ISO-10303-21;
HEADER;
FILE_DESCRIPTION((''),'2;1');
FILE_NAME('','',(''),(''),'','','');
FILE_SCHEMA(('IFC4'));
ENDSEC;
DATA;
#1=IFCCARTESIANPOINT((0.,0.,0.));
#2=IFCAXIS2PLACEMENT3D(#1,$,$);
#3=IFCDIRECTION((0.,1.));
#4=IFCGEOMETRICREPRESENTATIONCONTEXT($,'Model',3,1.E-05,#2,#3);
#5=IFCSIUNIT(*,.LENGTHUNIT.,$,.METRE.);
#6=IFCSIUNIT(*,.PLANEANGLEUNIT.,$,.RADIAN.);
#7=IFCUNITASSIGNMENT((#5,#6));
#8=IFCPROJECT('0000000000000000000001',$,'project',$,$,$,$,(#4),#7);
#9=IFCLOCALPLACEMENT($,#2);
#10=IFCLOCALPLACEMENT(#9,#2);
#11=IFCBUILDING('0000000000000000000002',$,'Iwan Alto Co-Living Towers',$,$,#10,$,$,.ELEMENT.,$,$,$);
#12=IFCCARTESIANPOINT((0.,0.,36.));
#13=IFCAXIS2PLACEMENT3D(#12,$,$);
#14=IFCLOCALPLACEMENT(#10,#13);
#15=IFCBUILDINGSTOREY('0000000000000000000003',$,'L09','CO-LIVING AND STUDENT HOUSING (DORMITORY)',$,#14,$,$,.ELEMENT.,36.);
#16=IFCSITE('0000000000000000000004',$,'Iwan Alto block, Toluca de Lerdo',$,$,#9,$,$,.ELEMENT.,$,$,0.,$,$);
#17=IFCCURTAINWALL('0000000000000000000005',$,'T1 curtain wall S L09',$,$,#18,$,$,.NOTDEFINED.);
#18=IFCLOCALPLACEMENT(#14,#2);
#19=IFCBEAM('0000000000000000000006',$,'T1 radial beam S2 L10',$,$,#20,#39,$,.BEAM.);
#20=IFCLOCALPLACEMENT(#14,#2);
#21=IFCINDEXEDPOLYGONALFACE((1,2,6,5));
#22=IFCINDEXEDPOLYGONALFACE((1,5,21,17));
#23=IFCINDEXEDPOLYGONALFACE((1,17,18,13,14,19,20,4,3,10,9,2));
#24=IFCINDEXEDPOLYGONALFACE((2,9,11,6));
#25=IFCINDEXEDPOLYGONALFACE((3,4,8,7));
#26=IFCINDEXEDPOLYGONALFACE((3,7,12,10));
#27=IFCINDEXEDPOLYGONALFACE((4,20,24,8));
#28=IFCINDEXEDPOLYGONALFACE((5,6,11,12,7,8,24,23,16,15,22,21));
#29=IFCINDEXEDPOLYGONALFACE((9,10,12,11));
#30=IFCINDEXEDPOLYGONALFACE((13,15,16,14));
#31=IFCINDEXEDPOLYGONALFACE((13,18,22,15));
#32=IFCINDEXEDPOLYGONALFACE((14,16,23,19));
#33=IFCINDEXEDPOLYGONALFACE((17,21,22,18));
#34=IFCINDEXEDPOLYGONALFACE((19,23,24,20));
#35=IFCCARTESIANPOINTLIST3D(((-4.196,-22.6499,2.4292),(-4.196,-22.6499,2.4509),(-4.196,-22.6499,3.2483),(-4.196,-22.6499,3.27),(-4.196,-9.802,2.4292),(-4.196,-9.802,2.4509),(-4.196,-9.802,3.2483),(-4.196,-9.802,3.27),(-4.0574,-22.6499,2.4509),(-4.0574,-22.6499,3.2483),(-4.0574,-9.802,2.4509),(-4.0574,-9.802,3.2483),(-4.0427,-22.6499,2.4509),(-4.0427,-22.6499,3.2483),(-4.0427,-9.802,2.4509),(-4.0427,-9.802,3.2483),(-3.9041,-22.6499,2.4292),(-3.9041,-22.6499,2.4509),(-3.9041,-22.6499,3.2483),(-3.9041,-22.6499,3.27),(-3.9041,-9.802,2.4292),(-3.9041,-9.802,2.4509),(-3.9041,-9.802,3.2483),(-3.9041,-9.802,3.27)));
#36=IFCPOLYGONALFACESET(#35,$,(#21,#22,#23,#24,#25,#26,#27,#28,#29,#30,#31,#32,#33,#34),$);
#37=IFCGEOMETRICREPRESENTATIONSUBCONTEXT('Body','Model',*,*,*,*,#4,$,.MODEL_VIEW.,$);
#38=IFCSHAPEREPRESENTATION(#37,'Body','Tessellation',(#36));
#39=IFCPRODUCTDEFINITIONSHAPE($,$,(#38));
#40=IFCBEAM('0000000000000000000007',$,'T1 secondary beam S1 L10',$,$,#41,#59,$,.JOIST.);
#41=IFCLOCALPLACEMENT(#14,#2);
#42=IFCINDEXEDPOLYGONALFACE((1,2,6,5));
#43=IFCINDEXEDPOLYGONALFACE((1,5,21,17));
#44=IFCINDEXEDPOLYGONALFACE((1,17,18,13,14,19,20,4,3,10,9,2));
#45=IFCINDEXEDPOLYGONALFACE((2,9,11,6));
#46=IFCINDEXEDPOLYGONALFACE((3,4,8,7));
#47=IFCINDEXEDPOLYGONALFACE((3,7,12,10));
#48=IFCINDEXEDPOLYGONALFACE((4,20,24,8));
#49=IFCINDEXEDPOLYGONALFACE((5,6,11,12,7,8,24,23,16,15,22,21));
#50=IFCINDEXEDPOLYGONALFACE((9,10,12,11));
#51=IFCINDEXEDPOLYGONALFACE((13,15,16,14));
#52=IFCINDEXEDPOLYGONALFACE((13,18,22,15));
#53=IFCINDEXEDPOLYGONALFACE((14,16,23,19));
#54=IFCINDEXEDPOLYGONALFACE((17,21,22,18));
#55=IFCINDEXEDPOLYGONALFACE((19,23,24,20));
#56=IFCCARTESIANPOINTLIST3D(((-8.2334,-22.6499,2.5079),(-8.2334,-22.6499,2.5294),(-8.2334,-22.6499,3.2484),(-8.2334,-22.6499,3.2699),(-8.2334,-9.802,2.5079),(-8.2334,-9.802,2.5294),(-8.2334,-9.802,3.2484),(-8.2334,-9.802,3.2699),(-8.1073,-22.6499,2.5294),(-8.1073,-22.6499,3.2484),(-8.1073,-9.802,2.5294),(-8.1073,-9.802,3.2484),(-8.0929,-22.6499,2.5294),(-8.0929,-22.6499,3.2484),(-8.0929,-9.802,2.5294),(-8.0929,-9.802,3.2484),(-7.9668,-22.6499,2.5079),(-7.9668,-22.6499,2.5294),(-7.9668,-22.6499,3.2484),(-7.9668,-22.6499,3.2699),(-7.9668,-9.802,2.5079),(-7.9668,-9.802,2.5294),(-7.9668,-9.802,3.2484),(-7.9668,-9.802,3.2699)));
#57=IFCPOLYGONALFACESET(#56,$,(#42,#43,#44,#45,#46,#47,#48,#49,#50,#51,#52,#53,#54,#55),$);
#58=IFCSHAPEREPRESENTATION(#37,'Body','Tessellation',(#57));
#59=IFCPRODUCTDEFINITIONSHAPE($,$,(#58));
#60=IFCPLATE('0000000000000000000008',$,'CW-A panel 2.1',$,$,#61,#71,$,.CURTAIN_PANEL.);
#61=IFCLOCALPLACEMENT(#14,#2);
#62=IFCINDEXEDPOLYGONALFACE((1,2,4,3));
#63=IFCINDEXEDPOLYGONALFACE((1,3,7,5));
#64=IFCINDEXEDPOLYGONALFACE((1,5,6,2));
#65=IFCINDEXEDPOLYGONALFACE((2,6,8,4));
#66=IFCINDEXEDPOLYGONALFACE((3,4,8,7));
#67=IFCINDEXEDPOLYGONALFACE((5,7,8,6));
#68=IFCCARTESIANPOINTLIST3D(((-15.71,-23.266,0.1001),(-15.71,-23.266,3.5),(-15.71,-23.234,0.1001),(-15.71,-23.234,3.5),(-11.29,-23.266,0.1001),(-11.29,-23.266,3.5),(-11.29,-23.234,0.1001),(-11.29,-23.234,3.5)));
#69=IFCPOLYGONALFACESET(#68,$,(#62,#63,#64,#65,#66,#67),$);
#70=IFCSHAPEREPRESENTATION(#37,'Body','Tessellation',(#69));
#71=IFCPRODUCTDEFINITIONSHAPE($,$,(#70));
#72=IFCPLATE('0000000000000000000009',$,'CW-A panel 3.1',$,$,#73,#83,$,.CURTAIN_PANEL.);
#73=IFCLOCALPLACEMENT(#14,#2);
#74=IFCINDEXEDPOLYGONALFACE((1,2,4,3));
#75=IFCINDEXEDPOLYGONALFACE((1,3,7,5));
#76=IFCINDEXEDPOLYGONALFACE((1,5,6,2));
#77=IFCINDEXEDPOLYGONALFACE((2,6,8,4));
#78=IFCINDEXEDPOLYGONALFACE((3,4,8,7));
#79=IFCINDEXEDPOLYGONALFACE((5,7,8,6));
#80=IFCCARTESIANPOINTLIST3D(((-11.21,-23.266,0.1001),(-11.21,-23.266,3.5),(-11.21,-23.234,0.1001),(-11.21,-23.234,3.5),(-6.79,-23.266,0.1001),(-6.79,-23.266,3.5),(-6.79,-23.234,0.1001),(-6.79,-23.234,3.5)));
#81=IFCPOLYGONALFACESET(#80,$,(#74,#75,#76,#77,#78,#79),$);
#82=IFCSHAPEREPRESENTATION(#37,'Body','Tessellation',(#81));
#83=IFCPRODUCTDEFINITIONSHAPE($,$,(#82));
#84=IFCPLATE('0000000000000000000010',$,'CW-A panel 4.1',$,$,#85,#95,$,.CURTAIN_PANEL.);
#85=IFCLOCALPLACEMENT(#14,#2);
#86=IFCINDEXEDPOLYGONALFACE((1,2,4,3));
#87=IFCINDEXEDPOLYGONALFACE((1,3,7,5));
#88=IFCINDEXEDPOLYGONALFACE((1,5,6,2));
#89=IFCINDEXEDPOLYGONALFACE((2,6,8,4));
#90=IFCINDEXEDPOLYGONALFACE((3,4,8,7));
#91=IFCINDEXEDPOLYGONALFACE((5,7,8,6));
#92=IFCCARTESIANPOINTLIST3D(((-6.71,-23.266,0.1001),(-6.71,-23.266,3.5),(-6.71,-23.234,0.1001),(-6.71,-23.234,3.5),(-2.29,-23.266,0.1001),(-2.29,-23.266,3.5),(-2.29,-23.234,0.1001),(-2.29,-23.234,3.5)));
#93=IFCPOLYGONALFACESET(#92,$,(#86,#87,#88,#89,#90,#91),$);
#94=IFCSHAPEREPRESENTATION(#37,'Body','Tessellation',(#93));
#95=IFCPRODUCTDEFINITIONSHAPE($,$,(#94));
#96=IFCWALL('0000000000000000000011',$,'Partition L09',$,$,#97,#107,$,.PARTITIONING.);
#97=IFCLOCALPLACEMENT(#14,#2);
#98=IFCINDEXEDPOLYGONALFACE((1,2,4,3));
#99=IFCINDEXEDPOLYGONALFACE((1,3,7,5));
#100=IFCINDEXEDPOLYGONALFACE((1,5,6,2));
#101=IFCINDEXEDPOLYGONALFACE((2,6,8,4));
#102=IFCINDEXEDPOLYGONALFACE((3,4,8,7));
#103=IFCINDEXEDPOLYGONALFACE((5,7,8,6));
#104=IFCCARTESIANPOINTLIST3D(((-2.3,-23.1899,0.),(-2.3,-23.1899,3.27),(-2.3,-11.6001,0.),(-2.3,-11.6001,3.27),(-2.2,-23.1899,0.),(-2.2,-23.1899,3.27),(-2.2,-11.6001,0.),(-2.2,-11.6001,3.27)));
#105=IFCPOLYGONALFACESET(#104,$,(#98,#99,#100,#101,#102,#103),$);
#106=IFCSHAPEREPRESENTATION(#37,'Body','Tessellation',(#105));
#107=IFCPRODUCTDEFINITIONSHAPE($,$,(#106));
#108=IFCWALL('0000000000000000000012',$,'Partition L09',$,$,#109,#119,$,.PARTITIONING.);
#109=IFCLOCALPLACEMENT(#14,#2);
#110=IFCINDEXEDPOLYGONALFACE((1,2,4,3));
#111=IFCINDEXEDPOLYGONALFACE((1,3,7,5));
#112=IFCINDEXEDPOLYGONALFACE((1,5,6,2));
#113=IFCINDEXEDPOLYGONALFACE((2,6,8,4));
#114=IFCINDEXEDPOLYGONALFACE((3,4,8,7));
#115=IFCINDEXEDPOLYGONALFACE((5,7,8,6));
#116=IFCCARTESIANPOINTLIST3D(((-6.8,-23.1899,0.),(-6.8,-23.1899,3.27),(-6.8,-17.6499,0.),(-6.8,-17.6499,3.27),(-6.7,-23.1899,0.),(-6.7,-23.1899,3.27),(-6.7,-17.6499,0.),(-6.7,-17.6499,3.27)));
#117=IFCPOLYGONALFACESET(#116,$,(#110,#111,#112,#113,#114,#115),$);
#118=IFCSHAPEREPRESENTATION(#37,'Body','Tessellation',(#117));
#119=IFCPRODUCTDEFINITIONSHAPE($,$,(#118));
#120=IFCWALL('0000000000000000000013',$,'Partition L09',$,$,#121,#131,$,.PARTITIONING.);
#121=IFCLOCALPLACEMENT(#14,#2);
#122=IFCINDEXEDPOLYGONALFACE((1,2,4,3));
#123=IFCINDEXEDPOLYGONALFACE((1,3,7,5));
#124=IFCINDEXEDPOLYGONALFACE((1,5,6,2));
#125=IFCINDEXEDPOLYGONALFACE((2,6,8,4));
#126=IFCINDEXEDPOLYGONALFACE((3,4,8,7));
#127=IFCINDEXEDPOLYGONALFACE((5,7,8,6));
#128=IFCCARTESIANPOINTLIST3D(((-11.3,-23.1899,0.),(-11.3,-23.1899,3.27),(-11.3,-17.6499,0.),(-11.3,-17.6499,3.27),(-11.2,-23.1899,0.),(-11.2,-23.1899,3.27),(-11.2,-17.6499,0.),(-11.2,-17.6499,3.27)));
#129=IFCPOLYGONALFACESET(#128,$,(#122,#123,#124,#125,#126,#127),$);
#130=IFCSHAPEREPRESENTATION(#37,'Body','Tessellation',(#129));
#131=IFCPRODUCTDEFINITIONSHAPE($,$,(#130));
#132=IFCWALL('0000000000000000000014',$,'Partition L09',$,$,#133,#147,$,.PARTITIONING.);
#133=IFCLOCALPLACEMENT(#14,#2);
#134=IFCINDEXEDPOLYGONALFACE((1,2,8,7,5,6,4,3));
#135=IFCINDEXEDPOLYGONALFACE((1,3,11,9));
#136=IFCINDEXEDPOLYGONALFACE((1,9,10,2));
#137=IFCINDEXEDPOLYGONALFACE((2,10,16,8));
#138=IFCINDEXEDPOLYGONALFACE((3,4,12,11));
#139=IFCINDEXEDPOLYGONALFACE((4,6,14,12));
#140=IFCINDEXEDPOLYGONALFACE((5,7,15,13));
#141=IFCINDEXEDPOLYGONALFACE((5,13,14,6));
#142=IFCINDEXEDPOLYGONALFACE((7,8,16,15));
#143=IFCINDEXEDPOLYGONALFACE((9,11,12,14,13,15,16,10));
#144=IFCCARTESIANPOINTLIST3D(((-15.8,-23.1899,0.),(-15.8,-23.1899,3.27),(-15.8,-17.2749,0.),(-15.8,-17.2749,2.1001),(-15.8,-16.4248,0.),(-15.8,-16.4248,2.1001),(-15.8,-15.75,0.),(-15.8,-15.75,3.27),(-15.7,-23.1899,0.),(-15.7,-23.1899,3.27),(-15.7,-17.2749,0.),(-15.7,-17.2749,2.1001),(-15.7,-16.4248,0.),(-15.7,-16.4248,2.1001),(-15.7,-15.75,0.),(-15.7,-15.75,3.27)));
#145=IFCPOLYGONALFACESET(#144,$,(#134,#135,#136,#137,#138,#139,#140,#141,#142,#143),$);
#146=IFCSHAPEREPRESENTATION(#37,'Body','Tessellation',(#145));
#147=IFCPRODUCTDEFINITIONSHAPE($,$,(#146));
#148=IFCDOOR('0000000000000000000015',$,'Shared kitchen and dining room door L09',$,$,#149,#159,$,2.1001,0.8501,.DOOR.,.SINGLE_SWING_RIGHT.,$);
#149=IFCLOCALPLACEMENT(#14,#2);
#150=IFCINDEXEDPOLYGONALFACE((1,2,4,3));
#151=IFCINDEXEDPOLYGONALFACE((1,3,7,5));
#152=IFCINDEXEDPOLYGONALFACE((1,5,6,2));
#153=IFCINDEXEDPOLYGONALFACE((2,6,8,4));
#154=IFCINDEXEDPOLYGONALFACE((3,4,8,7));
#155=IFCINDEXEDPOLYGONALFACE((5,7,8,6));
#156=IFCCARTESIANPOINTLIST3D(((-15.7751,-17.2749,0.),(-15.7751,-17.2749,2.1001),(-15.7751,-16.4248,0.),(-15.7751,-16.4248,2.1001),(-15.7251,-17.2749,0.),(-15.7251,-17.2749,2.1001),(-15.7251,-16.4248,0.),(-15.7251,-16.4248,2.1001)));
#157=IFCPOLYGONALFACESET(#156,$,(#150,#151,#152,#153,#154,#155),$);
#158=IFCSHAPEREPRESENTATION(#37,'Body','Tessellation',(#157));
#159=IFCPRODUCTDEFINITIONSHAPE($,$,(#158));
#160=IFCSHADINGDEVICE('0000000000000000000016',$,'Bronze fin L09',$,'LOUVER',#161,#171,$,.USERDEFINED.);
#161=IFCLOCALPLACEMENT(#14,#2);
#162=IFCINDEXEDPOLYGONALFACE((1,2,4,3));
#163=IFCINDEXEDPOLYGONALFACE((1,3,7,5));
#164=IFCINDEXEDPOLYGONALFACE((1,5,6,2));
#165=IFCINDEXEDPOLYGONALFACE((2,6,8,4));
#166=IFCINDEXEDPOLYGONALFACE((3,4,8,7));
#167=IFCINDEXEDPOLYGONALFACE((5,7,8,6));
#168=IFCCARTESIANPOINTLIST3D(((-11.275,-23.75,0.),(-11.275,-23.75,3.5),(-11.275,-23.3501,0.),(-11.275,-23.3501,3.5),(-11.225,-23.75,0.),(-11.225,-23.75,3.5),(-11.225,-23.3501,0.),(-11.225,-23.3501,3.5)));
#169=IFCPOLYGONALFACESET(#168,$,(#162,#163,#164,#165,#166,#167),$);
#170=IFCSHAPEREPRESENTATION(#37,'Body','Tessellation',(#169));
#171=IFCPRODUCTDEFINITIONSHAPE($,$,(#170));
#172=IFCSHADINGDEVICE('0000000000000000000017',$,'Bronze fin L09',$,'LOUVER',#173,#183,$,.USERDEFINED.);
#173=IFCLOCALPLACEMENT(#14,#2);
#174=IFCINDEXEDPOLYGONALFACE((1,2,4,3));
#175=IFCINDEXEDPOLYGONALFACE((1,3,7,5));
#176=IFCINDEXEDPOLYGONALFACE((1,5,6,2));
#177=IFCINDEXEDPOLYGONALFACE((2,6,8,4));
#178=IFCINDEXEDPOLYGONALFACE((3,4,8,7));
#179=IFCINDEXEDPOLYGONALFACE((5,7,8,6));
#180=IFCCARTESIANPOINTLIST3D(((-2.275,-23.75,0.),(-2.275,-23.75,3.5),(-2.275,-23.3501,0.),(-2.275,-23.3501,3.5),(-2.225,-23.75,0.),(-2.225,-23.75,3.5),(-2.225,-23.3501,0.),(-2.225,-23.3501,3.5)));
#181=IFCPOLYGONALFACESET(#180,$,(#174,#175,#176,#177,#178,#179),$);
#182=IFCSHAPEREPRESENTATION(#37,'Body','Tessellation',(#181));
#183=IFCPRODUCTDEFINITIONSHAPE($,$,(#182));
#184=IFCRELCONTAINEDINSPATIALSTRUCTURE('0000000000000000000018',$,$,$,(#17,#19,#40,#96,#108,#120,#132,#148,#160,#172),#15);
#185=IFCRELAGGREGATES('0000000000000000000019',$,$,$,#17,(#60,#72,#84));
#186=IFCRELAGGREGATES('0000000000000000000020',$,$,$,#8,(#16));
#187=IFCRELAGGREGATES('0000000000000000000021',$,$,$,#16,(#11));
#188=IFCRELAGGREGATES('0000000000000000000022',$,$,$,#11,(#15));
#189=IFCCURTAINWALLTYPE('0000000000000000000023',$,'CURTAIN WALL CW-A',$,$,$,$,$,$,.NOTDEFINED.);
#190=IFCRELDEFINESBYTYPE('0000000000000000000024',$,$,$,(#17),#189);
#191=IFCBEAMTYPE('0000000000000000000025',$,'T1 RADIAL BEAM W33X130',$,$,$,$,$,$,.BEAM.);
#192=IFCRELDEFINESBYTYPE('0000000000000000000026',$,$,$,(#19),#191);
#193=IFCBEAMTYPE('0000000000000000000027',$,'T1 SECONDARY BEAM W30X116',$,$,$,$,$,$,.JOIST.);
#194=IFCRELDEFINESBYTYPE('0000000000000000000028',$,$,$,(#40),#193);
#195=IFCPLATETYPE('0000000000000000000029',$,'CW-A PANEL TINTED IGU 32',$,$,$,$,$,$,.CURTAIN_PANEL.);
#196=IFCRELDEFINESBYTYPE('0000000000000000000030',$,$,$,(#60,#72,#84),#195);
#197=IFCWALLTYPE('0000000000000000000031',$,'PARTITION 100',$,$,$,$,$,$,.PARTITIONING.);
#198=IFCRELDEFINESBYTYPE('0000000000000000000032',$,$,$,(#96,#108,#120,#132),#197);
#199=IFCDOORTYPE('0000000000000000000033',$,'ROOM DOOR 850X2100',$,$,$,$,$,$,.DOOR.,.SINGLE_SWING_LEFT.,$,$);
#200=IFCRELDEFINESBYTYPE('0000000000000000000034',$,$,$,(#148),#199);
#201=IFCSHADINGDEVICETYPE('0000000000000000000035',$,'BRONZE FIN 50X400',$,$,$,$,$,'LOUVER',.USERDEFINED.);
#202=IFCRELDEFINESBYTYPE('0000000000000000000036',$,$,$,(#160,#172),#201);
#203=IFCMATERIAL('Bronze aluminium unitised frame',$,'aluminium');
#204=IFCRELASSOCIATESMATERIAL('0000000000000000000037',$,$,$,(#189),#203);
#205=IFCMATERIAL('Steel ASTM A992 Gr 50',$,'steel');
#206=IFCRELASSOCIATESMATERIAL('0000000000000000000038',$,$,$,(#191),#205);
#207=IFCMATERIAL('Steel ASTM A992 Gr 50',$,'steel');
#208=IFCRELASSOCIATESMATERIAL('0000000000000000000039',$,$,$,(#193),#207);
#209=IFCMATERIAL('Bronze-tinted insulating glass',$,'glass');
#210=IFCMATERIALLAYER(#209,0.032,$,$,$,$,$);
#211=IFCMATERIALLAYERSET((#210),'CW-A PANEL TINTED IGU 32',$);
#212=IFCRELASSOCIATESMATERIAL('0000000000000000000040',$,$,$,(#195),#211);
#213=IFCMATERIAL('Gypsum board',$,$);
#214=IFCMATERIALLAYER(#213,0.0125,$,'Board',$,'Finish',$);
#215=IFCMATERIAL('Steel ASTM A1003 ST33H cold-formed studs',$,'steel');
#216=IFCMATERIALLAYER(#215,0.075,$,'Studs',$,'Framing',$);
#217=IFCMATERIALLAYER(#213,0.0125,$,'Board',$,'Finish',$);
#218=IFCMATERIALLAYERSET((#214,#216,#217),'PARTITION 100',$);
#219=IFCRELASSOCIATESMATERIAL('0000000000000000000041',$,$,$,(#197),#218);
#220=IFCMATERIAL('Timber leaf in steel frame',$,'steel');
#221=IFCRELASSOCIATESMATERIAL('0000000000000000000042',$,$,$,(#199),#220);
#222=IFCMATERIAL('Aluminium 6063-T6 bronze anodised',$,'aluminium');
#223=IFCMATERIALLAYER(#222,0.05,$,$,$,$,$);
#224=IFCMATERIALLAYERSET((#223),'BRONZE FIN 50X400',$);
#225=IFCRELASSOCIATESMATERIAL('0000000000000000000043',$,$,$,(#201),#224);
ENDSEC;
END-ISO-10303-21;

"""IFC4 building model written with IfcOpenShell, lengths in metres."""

from ifc_helpers import new_model, si_unit, direction, frame, frame_2d, origin, origin_2d, place, context, subcontext, project, spatial, rectangle, i_section, extrude, material, layer, layer_set, material_profile, profile_set, type_object, element, fill, aggregate, save


model = new_model("IFC4")

# Units and contexts
model_context = context("Model", 3, precision=1e-05, world=origin(), true_north=direction((0.0, 1.0)))
body_context = subcontext(model_context, "Body", "Model", "MODEL_VIEW")
ifc_project = project(units=[si_unit("LENGTHUNIT", "METRE"), si_unit("PLANEANGLEUNIT", "RADIAN")], contexts=[model_context])

# Site, building, storey
site_placement = place(None, origin())
site = spatial("IfcSite", under=ifc_project, at=site_placement, Name="Iwan Alto block, Toluca de Lerdo", CompositionType="ELEMENT", RefElevation=0.0)
building_placement = place(site_placement, origin())
building = spatial("IfcBuilding", under=site, at=building_placement, Name="Iwan Alto Co-Living Towers", CompositionType="ELEMENT")
storey_placement = place(building_placement, frame((0.0, 0.0, 36.0)))
storey = spatial("IfcBuildingStorey", under=building, at=storey_placement, Name="L09", Description="CO-LIVING AND STUDENT HOUSING (DORMITORY)", CompositionType="ELEMENT", Elevation=36.0)

# Curtain wall
ifc_material_1 = material(Name="Bronze aluminium unitised frame", Category="aluminium")
curtain_wall_type = type_object("IfcCurtainWallType", Name="CURTAIN WALL CW-A", PredefinedType="NOTDEFINED", material=ifc_material_1)
curtain_wall_placement = place(storey_placement, origin())
curtain_wall = element("IfcCurtainWall", 1, at=curtain_wall_placement, inside=storey, type_object=curtain_wall_type, Name="T1 curtain wall S L09", PredefinedType="NOTDEFINED")

# Beams
ifc_material_2 = material(Name="Steel ASTM A992 Gr 50", Category="steel")
ifc_material_profile_1 = material_profile(ifc_material_2, i_section(OverallWidth=0.292, OverallDepth=0.8408, WebThickness=0.0146, FlangeThickness=0.0217, at=origin_2d()), Name="W33X130")
ifc_profile_set_1 = profile_set([ifc_material_profile_1], Name="Steel ASTM A992 Gr 50")
beam_type_1 = type_object("IfcBeamType", Name="T1 RADIAL BEAM W33X130", PredefinedType="BEAM", material=ifc_profile_set_1)
beam_1_placement = place(storey_placement, frame((-4.05, -22.6499, 2.8496), z_axis=(0.0, 1.0, 0.0), x_axis=(-1.0, 0.0, 0.0)))
element("IfcBeam", 2, at=beam_1_placement, inside=storey, type_object=beam_type_1, Name="T1 radial beam S2 L10", PredefinedType="BEAM", context=body_context, shape_type="SweptSolid", body=[
    extrude(i_section(OverallWidth=0.292, OverallDepth=0.8408, WebThickness=0.0146, FlangeThickness=0.0217, at=origin_2d()), origin(), (0.0, 0.0, 1.0), 12.8479),
])
ifc_material_3 = material(Name="Steel ASTM A992 Gr 50", Category="steel")
ifc_material_profile_2 = material_profile(ifc_material_3, i_section(OverallWidth=0.2666, OverallDepth=0.762, WebThickness=0.0144, FlangeThickness=0.0215, at=origin_2d()), Name="W30X116")
ifc_profile_set_2 = profile_set([ifc_material_profile_2], Name="Steel ASTM A992 Gr 50")
beam_type_2 = type_object("IfcBeamType", Name="T1 SECONDARY BEAM W30X116", PredefinedType="JOIST", material=ifc_profile_set_2)
beam_2_placement = place(storey_placement, frame((-8.1001, -22.6499, 2.8889), z_axis=(0.0, 1.0, 0.0), x_axis=(-1.0, 0.0, 0.0)))
element("IfcBeam", 3, at=beam_2_placement, inside=storey, type_object=beam_type_2, Name="T1 secondary beam S1 L10", PredefinedType="JOIST", context=body_context, shape_type="SweptSolid", body=[
    extrude(i_section(OverallWidth=0.2666, OverallDepth=0.762, WebThickness=0.0144, FlangeThickness=0.0215, at=origin_2d()), origin(), (0.0, 0.0, 1.0), 12.8479),
])

# Plates
ifc_material_4 = material(Name="Bronze-tinted insulating glass", Category="glass")
ifc_layer_1 = layer(ifc_material_4, 0.032)
ifc_layer_set_1 = layer_set([ifc_layer_1], Name="CW-A PANEL TINTED IGU 32")
plate_type = type_object("IfcPlateType", Name="CW-A PANEL TINTED IGU 32", PredefinedType="CURTAIN_PANEL", material=ifc_layer_set_1)
plate_1_placement = place(storey_placement, frame((-13.5, -23.25, 0.1001), z_axis=(0.0, 0.0, 1.0), x_axis=(1.0, 0.0, 0.0)))
plate_1 = element("IfcPlate", 4, at=plate_1_placement, type_object=plate_type, Name="CW-A panel 2.1", PredefinedType="CURTAIN_PANEL", context=body_context, shape_type="SweptSolid", body=[
    extrude(rectangle(XDim=4.4199, YDim=0.032, at=origin_2d()), origin(), (0.0, 0.0, 1.0), 3.3999),
])
plate_2_placement = place(storey_placement, frame((-9.0, -23.25, 0.1001), z_axis=(0.0, 0.0, 1.0), x_axis=(1.0, 0.0, 0.0)))
plate_2 = element("IfcPlate", 5, at=plate_2_placement, type_object=plate_type, Name="CW-A panel 3.1", PredefinedType="CURTAIN_PANEL", context=body_context, shape_type="SweptSolid", body=[
    extrude(rectangle(XDim=4.4199, YDim=0.032, at=origin_2d()), origin(), (0.0, 0.0, 1.0), 3.3999),
])
plate_3_placement = place(storey_placement, frame((-4.5, -23.25, 0.1001), z_axis=(0.0, 0.0, 1.0), x_axis=(1.0, 0.0, 0.0)))
plate_3 = element("IfcPlate", 6, at=plate_3_placement, type_object=plate_type, Name="CW-A panel 4.1", PredefinedType="CURTAIN_PANEL", context=body_context, shape_type="SweptSolid", body=[
    extrude(rectangle(XDim=4.4199, YDim=0.032, at=origin_2d()), origin(), (0.0, 0.0, 1.0), 3.3999),
])
aggregate(curtain_wall, [plate_1, plate_2, plate_3])

# Walls
ifc_material_5 = material(Name="Gypsum board")
ifc_layer_2 = layer(ifc_material_5, 0.0125, Name="Board", Category="Finish")
ifc_material_6 = material(Name="Steel ASTM A1003 ST33H cold-formed studs", Category="steel")
ifc_layer_3 = layer(ifc_material_6, 0.075, Name="Studs", Category="Framing")
ifc_layer_4 = layer(ifc_material_5, 0.0125, Name="Board", Category="Finish")
ifc_layer_set_2 = layer_set([ifc_layer_2, ifc_layer_3, ifc_layer_4], Name="PARTITION 100")
wall_type = type_object("IfcWallType", Name="PARTITION 100", PredefinedType="PARTITIONING", material=ifc_layer_set_2)
wall_1_placement = place(storey_placement, frame((-2.25, -23.1899, 0.0), z_axis=(0.0, 0.0, 1.0), x_axis=(0.0, 1.0, 0.0)))
element("IfcWall", 7, at=wall_1_placement, inside=storey, type_object=wall_type, Name="Partition L09", PredefinedType="PARTITIONING", context=body_context, shape_type="SweptSolid", body=[
    extrude(rectangle(XDim=11.5898, YDim=0.1001, at=frame_2d((5.7949, 0.0))), origin(), (0.0, 0.0, 1.0), 3.27),
])
for number, where, z_axis, x_axis, name in (
    (8, (-6.75, -23.1899, 0.0), (0.0, 0.0, 1.0), (0.0, 1.0, 0.0), "Partition L09"),
    (9, (-11.25, -23.1899, 0.0), (0.0, 0.0, 1.0), (0.0, 1.0, 0.0), "Partition L09"),
):
    element("IfcWall", number, at=place(storey_placement, frame(where, z_axis=z_axis, x_axis=x_axis)), inside=storey, type_object=wall_type, Name=name, PredefinedType="PARTITIONING", context=body_context, shape_type="SweptSolid", body=[
        extrude(rectangle(XDim=5.54, YDim=0.1001, at=frame_2d((2.77, 0.0))), origin(), (0.0, 0.0, 1.0), 3.27),
    ])

# Wall, opening, door
wall_2_placement = place(storey_placement, frame((-15.75, -23.1899, 0.0), z_axis=(0.0, 0.0, 1.0), x_axis=(0.0, 1.0, 0.0)))
wall_2 = element("IfcWall", 10, at=wall_2_placement, inside=storey, type_object=wall_type, Name="Partition L09", PredefinedType="PARTITIONING", context=body_context, shape_type="SweptSolid", body=[
    extrude(rectangle(XDim=7.4399, YDim=0.1001, at=frame_2d((3.72, 0.0))), origin(), (0.0, 0.0, 1.0), 3.27),
])
opening_placement = place(wall_2_placement, frame((5.915, 0.0, 0.0)))
opening = element("IfcOpeningElement", 11, at=opening_placement, cuts=wall_2, PredefinedType="OPENING", context=body_context, shape_type="SweptSolid", body=[
    extrude(rectangle(XDim=0.8501, YDim=2.1001, at=frame_2d((0.425, 1.05))), frame((0.0, 0.0601, 0.0), z_axis=(0.0, -1.0, 0.0), x_axis=(1.0, 0.0, 0.0)), (0.0, 0.0, 1.0), 0.1201),
])
ifc_material_7 = material(Name="Timber leaf in steel frame", Category="steel")
door_type = type_object("IfcDoorType", Name="ROOM DOOR 850X2100", OperationType="SINGLE_SWING_LEFT", PredefinedType="DOOR", material=ifc_material_7)
door_placement = place(opening_placement, frame((0.8501, 0.0, 0.0), z_axis=(0.0, 0.0, 1.0), x_axis=(-1.0, 0.0, 0.0)))
door = element("IfcDoor", 12, at=door_placement, inside=storey, type_object=door_type, Name="Shared kitchen and dining room door L09", OperationType="SINGLE_SWING_RIGHT", OverallHeight=2.1001, OverallWidth=0.8501, PredefinedType="DOOR", context=body_context, shape_type="SweptSolid", body=[
    extrude(rectangle(XDim=0.8501, YDim=2.1001, at=frame_2d((0.425, 1.05))), frame((0.0, 0.0249, 0.0), z_axis=(0.0, -1.0, 0.0), x_axis=(1.0, 0.0, 0.0)), (0.0, 0.0, 1.0), 0.05),
])
fill(opening, door)

# Shading devices
ifc_material_8 = material(Name="Aluminium 6063-T6 bronze anodised", Category="aluminium")
ifc_layer_5 = layer(ifc_material_8, 0.05)
ifc_layer_set_3 = layer_set([ifc_layer_5], Name="BRONZE FIN 50X400")
shading_device_type = type_object("IfcShadingDeviceType", Name="BRONZE FIN 50X400", ElementType="LOUVER", PredefinedType="USERDEFINED", material=ifc_layer_set_3)
for number, where, z_axis, x_axis, name in (
    (13, (-11.25, -23.55, 0.0), (0.0, 0.0, 1.0), (1.0, 0.0, 0.0), "Bronze fin L09"),
    (14, (-2.25, -23.55, 0.0), (0.0, 0.0, 1.0), (1.0, 0.0, 0.0), "Bronze fin L09"),
):
    element("IfcShadingDevice", number, at=place(storey_placement, frame(where, z_axis=z_axis, x_axis=x_axis)), inside=storey, type_object=shading_device_type, Name=name, ObjectType="LOUVER", PredefinedType="USERDEFINED", context=body_context, shape_type="SweptSolid", body=[
        extrude(rectangle(XDim=0.05, YDim=0.3999, at=origin_2d()), origin(), (0.0, 0.0, 1.0), 3.5),
    ])

save(model, "model.ifc")
